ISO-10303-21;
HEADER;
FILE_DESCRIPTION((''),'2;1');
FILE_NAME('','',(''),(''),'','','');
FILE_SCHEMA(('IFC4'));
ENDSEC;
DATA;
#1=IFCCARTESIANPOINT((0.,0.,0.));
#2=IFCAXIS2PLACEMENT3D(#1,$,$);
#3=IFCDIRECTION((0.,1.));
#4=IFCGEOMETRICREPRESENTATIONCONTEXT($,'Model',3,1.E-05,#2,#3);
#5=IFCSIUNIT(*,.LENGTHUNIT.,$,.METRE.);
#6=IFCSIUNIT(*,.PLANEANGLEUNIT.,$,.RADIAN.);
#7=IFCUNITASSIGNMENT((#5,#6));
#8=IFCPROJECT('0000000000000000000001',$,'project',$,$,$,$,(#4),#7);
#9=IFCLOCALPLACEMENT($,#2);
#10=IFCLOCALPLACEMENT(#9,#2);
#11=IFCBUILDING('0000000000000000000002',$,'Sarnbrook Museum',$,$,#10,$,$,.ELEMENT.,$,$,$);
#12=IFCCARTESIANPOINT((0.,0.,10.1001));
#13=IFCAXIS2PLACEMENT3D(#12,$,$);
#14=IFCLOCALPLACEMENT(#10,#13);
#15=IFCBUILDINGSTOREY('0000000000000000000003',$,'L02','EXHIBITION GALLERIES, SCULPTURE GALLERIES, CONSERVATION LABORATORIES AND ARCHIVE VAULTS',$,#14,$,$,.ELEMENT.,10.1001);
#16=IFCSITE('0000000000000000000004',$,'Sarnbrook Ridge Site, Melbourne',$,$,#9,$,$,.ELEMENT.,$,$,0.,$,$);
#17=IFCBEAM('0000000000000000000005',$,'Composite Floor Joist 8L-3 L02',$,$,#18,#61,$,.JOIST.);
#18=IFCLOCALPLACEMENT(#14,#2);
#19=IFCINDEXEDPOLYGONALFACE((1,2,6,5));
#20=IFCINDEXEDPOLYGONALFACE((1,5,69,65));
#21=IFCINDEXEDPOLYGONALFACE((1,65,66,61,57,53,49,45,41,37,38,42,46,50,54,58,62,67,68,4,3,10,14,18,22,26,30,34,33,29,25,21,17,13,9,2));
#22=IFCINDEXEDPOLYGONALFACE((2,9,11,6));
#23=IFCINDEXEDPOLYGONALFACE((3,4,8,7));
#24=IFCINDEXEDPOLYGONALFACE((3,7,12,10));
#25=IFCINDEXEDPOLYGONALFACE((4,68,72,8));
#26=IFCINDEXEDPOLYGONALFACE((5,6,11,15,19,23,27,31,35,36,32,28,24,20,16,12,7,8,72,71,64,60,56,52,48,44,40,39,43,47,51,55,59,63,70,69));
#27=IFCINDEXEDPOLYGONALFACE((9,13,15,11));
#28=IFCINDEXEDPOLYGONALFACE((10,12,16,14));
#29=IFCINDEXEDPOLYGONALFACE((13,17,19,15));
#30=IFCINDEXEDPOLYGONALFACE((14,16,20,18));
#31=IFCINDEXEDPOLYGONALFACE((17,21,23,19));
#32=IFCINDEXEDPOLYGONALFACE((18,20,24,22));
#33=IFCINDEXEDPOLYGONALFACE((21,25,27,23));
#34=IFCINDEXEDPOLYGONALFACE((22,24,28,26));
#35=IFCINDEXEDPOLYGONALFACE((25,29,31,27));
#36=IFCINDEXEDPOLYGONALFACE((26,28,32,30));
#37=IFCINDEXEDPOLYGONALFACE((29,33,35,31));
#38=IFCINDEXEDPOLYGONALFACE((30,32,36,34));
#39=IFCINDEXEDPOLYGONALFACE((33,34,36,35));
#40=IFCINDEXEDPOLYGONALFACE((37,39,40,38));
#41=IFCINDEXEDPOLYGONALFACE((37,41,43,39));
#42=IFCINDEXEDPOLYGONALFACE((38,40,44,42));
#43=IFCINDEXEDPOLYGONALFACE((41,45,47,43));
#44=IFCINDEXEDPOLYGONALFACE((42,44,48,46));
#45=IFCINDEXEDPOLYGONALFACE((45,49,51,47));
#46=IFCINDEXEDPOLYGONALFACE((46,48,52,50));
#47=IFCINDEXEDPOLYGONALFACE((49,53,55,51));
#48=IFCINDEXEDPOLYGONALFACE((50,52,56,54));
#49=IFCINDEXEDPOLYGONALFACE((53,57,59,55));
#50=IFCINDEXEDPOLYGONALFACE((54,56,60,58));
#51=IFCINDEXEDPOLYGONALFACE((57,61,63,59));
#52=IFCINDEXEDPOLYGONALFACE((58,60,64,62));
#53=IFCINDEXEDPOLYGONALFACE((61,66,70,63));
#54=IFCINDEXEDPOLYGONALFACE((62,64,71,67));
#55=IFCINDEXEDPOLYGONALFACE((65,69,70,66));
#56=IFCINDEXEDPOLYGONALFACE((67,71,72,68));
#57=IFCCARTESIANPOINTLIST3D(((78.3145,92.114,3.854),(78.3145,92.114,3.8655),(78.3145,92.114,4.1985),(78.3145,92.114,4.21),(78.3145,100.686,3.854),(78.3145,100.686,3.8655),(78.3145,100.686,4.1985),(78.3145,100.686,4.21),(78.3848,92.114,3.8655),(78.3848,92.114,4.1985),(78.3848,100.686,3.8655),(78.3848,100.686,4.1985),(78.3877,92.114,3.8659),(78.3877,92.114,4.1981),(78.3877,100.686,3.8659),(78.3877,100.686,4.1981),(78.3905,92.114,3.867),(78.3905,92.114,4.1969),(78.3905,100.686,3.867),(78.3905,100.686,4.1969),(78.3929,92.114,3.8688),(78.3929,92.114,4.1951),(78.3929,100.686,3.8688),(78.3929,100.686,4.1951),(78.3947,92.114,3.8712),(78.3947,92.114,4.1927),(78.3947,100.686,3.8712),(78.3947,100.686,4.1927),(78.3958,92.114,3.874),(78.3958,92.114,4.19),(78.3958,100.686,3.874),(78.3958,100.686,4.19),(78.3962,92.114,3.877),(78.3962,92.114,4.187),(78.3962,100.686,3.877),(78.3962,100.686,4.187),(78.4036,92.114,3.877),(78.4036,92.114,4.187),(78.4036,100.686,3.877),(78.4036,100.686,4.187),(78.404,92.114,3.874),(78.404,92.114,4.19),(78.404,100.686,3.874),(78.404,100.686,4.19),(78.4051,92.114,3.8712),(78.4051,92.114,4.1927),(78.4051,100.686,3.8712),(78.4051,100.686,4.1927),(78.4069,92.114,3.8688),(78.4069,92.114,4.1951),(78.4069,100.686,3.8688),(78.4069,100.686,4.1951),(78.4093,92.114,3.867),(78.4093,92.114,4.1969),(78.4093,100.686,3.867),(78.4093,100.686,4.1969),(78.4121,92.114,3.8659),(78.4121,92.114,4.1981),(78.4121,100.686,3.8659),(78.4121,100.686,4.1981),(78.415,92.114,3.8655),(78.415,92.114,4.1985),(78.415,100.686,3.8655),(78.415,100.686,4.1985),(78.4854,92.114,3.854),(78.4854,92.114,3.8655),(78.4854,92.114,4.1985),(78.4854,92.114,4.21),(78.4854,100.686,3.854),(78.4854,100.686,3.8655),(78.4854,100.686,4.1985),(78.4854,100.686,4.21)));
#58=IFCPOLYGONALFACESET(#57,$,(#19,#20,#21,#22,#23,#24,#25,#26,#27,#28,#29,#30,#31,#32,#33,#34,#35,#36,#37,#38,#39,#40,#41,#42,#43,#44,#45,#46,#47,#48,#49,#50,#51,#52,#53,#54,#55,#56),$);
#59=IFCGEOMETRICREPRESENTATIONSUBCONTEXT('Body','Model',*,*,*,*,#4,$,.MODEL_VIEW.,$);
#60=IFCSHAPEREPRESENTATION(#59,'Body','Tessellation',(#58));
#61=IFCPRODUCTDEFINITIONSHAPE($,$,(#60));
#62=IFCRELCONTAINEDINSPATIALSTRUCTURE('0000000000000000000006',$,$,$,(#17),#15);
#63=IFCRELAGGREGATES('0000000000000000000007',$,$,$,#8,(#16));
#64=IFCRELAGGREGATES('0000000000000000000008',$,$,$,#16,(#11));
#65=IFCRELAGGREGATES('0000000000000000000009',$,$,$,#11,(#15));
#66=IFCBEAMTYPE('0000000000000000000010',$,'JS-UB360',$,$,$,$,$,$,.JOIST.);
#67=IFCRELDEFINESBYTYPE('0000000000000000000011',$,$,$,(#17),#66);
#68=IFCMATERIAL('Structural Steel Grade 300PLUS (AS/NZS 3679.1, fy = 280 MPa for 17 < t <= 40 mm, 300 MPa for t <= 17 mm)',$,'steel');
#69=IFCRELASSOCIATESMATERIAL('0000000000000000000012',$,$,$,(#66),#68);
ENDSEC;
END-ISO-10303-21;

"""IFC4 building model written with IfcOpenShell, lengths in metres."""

from ifc_helpers import new_model, si_unit, direction, frame, origin, origin_2d, place, context, subcontext, project, spatial, i_section, extrude, material, material_profile, profile_set, type_object, element, save


model = new_model("IFC4")

# Units and contexts
model_context = context("Model", 3, precision=1e-05, world=origin(), true_north=direction((0.0, 1.0)))
body_context = subcontext(model_context, "Body", "Model", "MODEL_VIEW")
ifc_project = project(units=[si_unit("LENGTHUNIT", "METRE"), si_unit("PLANEANGLEUNIT", "RADIAN")], contexts=[model_context])

# Site, building, storey
site_placement = place(None, origin())
site = spatial("IfcSite", under=ifc_project, at=site_placement, Name="Sarnbrook Ridge Site, Melbourne", CompositionType="ELEMENT", RefElevation=0.0)
building_placement = place(site_placement, origin())
building = spatial("IfcBuilding", under=site, at=building_placement, Name="Sarnbrook Museum", CompositionType="ELEMENT")
storey_placement = place(building_placement, frame((0.0, 0.0, 10.1001)))
storey = spatial("IfcBuildingStorey", under=building, at=storey_placement, Name="L02", Description="EXHIBITION GALLERIES, SCULPTURE GALLERIES, CONSERVATION LABORATORIES AND ARCHIVE VAULTS", CompositionType="ELEMENT", Elevation=10.1001)

# Beam
ifc_material_1 = material(Name="Structural Steel Grade 300PLUS (AS/NZS 3679.1, fy = 280 MPa for 17 < t <= 40 mm, 300 MPa for t <= 17 mm)", Category="steel")
ifc_material_profile_1 = material_profile(ifc_material_1, i_section(OverallWidth=0.1709, OverallDepth=0.356, WebThickness=0.0073, FlangeThickness=0.0115, FilletRadius=0.0115, at=origin_2d()), Name="360UB50.7")
ifc_profile_set_1 = profile_set([ifc_material_profile_1], Name="Structural Steel Grade 300PLUS (AS/NZS 3679.1, fy = 280 MPa for 17 < t <= 40 mm, 300 MPa for t <= 17 mm)")
beam_type_1 = type_object("IfcBeamType", Name="JS-UB360", PredefinedType="JOIST", material=ifc_profile_set_1)
for number, where, z_axis, x_axis, name in (
    (1, (78.3999, 92.114, 4.032), (0.0, 1.0, 0.0), (-1.0, 0.0, 0.0), "Composite Floor Joist 8L-3 L02"),
):
    element("IfcBeam", number, at=place(storey_placement, frame(where, z_axis=z_axis, x_axis=x_axis)), inside=storey, type_object=beam_type_1, Name=name, PredefinedType="JOIST", context=body_context, shape_type="SweptSolid", body=[
        extrude(i_section(OverallWidth=0.1709, OverallDepth=0.356, WebThickness=0.0073, FlangeThickness=0.0115, FilletRadius=0.0115, at=origin_2d()), origin(), (0.0, 0.0, 1.0), 8.572),
    ])

save(model, "model.ifc")
